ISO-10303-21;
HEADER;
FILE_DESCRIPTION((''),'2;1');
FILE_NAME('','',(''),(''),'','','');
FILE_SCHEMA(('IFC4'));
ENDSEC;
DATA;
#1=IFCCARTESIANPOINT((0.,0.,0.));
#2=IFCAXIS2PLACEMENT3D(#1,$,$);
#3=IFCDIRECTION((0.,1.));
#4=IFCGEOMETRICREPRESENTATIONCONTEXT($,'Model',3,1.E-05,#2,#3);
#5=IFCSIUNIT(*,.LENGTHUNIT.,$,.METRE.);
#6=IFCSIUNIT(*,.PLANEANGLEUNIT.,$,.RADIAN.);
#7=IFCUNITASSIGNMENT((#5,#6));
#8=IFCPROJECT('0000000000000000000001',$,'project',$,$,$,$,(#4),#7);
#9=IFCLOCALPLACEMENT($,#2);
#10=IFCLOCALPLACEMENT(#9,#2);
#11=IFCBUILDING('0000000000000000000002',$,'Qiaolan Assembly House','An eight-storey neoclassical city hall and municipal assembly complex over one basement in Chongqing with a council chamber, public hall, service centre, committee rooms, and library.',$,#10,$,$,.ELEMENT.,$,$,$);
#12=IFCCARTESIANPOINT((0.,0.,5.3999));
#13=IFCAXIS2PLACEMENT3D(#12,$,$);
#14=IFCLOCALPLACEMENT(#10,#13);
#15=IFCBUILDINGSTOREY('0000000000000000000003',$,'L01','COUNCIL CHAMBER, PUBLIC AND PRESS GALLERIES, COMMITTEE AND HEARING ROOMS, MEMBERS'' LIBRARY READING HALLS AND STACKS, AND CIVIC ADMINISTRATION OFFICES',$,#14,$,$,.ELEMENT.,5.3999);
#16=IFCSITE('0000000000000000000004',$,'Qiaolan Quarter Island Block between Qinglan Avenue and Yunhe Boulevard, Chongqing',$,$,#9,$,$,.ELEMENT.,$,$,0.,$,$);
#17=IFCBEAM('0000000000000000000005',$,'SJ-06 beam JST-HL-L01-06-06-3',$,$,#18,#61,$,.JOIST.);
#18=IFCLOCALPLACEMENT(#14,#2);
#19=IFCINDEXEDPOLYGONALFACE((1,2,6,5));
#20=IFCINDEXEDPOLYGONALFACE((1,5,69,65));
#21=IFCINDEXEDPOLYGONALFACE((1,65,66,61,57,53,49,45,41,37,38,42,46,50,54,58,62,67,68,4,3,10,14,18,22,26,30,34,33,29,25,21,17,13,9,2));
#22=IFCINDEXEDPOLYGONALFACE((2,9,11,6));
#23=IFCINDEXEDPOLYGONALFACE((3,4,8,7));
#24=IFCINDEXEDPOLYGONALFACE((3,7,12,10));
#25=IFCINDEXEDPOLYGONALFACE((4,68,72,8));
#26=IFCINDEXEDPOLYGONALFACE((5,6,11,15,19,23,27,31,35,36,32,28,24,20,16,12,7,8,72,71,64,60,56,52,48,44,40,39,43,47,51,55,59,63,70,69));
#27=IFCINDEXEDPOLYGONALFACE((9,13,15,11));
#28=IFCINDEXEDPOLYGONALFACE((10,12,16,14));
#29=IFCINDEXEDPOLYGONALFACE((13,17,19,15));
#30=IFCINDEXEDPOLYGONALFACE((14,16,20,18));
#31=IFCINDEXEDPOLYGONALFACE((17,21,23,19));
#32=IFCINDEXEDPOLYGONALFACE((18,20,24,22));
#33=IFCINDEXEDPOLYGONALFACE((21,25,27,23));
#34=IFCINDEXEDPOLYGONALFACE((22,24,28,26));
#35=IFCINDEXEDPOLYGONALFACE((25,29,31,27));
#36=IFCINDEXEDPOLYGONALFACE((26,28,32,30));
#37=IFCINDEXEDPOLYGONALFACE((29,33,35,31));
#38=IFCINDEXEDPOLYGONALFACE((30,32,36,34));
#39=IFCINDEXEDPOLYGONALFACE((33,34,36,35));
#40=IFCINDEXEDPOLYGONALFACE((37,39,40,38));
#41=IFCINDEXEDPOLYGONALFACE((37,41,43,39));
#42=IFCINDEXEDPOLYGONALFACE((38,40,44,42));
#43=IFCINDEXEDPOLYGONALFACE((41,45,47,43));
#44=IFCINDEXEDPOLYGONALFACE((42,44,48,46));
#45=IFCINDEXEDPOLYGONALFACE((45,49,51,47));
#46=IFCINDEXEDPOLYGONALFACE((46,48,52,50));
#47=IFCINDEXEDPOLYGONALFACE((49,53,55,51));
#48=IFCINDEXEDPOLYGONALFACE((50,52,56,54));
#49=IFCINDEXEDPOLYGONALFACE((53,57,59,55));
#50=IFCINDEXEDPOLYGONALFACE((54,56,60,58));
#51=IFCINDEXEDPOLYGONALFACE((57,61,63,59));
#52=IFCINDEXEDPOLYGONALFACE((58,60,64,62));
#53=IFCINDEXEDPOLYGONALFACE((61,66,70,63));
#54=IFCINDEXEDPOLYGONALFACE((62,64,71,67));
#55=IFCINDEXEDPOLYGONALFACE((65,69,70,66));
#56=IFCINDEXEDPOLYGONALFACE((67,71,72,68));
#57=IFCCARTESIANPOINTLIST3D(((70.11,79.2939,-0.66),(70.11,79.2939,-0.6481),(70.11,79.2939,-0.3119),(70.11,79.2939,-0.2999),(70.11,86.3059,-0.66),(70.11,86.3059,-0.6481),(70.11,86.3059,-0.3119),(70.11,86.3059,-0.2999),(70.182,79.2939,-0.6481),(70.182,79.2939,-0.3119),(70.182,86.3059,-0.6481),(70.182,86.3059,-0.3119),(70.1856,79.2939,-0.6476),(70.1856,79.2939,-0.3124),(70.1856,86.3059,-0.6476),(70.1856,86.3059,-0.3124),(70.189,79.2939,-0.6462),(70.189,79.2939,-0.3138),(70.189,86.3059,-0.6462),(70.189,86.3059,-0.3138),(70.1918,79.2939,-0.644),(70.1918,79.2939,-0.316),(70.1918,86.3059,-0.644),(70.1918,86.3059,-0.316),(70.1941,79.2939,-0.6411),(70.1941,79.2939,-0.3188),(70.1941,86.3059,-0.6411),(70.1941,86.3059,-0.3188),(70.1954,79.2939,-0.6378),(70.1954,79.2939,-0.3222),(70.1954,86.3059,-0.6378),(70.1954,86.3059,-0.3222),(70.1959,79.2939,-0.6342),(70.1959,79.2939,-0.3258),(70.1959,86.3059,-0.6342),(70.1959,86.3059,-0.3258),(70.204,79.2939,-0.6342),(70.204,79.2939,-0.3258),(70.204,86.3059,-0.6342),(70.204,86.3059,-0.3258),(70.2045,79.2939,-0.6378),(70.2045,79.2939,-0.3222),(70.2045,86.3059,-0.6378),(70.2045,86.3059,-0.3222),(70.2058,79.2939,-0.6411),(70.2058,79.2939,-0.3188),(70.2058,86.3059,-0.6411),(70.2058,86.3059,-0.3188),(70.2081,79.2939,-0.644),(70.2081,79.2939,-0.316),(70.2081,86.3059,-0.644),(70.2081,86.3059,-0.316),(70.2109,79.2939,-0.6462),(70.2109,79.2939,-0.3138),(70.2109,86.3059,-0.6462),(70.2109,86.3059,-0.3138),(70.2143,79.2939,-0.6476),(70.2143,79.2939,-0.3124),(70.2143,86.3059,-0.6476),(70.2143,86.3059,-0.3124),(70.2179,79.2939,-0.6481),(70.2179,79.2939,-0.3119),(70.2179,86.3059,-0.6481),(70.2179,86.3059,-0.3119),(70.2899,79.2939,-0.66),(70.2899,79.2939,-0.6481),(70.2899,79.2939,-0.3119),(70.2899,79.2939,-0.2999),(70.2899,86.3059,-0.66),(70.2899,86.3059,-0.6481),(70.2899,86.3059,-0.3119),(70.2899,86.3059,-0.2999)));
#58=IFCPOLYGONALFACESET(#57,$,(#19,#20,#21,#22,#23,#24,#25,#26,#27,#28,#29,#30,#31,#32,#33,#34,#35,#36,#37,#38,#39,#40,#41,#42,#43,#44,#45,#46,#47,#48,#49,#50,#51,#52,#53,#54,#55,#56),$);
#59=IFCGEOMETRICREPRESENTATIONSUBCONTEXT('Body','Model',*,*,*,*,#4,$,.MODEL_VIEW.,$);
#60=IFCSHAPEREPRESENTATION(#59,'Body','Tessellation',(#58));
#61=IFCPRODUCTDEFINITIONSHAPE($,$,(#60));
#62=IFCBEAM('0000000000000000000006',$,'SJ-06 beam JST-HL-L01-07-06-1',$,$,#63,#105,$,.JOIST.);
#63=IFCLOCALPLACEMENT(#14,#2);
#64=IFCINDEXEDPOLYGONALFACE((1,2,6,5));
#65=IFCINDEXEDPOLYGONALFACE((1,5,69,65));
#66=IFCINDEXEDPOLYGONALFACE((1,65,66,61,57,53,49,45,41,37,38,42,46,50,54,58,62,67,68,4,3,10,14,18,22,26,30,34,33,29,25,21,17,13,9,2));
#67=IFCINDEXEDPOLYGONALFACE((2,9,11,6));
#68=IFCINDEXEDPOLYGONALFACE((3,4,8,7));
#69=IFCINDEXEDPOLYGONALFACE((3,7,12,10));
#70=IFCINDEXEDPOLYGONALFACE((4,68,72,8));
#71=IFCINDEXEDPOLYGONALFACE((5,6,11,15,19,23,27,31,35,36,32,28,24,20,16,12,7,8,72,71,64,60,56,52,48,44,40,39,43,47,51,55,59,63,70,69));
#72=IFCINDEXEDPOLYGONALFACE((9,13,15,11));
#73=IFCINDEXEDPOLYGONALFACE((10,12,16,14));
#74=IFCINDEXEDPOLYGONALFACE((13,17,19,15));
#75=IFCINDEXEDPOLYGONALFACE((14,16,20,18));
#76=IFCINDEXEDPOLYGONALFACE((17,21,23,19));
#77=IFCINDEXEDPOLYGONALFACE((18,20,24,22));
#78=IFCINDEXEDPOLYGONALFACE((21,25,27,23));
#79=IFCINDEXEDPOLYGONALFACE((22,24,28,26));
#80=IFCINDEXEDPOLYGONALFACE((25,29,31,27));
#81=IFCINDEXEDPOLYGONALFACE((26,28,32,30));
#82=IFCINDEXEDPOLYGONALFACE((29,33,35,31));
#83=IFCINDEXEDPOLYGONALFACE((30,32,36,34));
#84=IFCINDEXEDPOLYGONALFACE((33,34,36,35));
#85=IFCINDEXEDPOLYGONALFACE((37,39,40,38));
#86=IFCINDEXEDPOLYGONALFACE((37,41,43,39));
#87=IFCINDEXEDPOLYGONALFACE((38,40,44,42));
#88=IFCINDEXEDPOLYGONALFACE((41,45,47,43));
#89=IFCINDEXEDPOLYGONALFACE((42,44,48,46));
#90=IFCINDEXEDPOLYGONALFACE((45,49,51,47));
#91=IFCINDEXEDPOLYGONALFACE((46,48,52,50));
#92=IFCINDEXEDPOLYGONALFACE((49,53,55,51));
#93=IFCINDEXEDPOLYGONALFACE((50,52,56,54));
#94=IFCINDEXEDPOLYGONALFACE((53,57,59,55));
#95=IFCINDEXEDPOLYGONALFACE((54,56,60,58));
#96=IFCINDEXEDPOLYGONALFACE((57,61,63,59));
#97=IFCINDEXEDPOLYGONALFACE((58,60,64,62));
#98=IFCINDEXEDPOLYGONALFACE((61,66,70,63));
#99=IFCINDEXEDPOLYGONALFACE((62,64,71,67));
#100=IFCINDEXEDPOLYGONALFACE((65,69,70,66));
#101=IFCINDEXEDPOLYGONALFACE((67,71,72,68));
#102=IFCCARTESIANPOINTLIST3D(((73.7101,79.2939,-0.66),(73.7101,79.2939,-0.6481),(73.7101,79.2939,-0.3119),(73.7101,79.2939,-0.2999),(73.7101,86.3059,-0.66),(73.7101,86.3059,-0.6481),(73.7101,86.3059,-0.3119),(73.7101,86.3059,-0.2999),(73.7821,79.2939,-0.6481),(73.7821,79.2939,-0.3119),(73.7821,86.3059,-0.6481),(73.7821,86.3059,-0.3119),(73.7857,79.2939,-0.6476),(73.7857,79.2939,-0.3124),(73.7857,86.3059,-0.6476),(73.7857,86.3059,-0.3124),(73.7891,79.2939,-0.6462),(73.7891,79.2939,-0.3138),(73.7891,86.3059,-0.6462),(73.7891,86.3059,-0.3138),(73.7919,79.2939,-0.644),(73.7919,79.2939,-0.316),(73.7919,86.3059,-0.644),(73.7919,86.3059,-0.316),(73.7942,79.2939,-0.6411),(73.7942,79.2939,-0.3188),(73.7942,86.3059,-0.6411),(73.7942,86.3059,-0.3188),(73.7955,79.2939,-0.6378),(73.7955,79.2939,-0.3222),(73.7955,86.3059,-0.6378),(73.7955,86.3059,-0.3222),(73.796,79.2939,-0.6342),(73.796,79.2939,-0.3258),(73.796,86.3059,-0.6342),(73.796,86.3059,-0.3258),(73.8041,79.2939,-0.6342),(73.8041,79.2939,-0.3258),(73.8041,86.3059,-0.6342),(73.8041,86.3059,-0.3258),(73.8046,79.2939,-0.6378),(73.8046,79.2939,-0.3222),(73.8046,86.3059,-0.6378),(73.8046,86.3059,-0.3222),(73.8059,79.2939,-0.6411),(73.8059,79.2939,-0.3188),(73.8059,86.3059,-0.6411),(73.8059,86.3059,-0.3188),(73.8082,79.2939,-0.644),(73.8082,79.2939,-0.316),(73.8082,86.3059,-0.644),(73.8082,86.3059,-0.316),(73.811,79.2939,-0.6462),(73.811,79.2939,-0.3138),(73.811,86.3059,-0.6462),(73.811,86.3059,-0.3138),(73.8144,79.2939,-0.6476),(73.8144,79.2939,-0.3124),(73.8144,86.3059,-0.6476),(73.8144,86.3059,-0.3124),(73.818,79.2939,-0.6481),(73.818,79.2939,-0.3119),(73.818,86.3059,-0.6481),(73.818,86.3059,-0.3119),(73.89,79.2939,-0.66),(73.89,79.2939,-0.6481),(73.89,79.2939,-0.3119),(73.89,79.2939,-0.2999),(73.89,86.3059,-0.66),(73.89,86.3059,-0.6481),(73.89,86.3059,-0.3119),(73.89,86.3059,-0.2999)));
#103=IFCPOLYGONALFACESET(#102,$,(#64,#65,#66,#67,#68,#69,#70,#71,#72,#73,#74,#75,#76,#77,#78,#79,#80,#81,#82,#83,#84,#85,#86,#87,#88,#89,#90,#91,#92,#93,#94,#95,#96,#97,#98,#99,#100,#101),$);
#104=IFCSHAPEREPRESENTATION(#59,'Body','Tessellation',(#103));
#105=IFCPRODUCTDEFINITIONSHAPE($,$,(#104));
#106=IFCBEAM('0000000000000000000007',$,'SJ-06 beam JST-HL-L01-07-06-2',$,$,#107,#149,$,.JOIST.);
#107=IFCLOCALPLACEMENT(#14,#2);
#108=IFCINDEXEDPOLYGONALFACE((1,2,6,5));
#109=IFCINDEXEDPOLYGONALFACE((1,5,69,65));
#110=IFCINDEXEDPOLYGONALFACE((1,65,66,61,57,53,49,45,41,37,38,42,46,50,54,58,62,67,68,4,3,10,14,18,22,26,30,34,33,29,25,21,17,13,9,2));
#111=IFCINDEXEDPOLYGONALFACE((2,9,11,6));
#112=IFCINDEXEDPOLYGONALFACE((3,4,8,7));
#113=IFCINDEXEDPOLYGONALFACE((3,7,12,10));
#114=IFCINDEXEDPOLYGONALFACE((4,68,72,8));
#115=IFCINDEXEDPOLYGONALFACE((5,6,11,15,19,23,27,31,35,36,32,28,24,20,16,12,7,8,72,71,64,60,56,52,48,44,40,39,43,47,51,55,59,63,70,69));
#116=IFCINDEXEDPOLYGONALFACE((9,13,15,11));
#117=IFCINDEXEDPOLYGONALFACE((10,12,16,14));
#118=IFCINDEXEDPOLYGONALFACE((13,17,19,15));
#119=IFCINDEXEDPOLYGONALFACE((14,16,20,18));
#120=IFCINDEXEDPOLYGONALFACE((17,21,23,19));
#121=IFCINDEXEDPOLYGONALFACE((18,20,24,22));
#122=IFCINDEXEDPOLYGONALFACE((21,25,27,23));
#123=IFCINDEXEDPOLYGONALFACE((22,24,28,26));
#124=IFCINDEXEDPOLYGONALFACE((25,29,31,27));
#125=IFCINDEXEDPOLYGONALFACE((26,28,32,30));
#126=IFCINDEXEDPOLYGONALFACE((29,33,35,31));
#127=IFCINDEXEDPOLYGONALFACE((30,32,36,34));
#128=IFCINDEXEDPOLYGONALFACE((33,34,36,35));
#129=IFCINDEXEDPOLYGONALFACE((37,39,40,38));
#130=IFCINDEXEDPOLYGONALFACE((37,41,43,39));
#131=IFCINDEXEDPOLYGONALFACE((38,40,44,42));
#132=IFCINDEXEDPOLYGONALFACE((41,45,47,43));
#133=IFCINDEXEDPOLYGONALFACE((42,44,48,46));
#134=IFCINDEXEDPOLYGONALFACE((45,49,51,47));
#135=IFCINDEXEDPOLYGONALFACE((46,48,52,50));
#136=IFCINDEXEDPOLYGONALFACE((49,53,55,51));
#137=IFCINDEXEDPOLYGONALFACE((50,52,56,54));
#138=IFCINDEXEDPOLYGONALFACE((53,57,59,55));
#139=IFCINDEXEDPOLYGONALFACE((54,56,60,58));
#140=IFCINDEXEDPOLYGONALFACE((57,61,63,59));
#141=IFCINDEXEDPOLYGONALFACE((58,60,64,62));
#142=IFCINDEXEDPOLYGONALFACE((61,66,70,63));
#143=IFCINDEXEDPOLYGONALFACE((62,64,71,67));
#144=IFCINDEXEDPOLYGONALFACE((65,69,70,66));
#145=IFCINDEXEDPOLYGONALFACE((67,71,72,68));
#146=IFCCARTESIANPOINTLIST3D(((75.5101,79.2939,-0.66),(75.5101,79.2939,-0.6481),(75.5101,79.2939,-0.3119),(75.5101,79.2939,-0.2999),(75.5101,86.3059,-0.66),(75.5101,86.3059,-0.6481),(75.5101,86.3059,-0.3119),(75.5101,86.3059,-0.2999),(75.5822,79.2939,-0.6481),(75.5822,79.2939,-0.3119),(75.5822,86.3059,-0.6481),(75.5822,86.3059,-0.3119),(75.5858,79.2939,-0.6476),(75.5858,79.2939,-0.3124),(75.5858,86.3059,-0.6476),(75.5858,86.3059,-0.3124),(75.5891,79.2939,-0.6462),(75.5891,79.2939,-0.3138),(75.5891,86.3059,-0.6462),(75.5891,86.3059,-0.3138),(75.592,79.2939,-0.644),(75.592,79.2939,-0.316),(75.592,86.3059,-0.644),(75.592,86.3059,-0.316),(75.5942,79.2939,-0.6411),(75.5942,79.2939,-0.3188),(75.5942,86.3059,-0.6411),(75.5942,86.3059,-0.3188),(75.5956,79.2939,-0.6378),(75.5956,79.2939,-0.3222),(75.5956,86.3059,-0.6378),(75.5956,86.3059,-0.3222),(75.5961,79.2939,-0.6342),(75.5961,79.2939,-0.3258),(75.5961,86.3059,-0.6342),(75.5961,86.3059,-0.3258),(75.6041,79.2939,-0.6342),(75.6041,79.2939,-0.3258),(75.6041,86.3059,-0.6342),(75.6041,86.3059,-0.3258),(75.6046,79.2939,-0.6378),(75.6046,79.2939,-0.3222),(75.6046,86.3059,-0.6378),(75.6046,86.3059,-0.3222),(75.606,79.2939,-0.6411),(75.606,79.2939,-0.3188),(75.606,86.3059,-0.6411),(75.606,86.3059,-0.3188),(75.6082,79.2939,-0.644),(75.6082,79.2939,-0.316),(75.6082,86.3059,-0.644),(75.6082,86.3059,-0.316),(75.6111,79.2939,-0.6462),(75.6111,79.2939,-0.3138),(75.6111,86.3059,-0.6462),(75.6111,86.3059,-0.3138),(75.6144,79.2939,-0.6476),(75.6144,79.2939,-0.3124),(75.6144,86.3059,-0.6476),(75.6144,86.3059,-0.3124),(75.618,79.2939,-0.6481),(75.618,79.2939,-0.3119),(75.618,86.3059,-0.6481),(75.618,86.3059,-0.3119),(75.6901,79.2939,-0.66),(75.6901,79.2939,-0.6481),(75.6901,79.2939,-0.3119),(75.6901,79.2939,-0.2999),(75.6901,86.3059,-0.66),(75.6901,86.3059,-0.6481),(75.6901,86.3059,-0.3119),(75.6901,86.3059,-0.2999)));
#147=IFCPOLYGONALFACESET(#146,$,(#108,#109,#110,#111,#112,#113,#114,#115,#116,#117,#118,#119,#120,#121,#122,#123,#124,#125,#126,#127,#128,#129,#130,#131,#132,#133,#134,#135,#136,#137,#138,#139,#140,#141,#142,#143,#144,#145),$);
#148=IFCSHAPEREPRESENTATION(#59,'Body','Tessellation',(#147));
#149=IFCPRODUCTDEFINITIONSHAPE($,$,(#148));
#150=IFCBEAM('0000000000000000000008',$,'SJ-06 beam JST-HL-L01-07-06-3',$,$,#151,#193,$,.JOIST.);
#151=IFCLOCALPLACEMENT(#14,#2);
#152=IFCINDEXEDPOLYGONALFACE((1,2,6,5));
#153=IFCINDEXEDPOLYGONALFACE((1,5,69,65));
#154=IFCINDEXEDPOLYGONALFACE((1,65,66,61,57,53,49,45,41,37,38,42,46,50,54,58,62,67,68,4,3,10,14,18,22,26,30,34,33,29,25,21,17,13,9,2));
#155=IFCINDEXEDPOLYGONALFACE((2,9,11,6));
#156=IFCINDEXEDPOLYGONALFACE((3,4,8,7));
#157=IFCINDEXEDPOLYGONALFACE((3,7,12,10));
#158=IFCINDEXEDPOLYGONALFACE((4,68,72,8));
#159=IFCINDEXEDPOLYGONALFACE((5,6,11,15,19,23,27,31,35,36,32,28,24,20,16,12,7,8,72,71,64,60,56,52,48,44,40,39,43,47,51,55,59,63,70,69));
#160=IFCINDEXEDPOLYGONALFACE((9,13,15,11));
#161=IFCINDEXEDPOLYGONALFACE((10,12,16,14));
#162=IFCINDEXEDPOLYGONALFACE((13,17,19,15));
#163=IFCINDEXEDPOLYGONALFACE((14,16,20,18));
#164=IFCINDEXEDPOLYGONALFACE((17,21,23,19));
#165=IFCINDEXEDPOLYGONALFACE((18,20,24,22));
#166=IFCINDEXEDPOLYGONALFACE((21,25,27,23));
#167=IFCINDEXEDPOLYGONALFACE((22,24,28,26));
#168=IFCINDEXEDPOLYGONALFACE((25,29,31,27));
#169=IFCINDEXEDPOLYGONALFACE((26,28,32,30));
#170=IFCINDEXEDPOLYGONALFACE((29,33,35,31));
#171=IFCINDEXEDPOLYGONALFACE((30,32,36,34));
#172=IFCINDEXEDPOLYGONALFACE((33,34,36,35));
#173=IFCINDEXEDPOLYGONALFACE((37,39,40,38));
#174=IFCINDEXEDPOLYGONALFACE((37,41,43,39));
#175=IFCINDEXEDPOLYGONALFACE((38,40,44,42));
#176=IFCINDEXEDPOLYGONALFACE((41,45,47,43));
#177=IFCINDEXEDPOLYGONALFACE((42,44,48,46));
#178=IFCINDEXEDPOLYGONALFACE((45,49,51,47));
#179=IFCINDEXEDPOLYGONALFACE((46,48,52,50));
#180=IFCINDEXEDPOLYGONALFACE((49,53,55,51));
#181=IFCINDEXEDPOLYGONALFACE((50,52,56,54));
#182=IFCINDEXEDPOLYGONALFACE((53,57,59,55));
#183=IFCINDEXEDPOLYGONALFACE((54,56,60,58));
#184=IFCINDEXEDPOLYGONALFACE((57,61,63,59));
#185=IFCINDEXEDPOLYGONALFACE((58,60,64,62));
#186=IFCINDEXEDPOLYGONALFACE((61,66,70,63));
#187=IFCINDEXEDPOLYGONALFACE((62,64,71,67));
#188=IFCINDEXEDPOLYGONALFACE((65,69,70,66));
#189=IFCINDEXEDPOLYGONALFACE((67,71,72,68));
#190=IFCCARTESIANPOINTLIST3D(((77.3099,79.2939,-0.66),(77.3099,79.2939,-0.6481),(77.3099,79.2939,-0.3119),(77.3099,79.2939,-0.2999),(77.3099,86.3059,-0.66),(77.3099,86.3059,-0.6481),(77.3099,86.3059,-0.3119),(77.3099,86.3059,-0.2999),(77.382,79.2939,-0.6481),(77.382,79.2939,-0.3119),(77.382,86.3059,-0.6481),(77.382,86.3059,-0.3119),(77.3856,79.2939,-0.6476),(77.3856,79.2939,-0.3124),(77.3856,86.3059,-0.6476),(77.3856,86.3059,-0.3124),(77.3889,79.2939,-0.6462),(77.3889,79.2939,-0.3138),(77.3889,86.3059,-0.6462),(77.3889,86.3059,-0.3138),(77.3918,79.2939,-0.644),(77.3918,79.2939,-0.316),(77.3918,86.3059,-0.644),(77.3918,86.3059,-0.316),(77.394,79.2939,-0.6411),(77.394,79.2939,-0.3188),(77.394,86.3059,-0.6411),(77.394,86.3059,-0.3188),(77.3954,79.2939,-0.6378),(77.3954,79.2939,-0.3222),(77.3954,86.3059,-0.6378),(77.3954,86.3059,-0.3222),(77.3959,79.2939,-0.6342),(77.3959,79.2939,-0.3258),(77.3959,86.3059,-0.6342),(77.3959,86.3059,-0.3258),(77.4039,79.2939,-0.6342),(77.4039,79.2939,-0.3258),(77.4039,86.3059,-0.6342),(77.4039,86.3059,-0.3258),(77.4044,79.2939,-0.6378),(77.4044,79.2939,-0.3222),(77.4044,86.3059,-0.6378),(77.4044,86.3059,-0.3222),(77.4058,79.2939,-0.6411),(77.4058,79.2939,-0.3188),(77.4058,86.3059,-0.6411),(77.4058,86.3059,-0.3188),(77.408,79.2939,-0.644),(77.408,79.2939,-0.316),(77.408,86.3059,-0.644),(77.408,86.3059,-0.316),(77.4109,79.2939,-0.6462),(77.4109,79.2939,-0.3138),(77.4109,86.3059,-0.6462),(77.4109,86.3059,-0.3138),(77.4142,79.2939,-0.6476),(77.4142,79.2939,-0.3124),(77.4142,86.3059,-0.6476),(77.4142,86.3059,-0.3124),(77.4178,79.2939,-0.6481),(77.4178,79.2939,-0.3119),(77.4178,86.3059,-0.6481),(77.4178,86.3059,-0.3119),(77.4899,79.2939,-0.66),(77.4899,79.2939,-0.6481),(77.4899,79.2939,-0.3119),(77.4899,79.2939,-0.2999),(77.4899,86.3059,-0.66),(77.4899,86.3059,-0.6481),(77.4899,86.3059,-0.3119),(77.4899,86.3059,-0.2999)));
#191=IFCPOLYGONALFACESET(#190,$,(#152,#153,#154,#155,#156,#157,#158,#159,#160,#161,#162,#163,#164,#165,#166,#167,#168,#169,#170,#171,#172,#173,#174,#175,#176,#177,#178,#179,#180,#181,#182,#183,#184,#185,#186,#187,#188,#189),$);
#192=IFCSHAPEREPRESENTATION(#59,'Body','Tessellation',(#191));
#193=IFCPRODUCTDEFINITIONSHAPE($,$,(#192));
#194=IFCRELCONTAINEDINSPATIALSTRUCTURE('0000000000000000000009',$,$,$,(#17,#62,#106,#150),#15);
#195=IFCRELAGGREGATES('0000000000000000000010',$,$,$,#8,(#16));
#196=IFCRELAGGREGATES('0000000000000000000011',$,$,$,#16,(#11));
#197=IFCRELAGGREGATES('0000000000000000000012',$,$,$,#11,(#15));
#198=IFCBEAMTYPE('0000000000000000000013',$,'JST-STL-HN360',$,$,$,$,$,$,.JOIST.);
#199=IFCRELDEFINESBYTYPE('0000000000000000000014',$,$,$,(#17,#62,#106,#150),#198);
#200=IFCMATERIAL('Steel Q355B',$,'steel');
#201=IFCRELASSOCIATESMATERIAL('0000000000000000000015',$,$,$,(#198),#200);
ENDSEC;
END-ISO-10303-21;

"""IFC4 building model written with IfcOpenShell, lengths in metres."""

from ifc_helpers import new_model, si_unit, direction, frame, origin, origin_2d, place, context, subcontext, project, spatial, i_section, extrude, material, material_profile, profile_set, type_object, element, save


model = new_model("IFC4")

# Units and contexts
model_context = context("Model", 3, precision=1e-05, world=origin(), true_north=direction((0.0, 1.0)))
body_context = subcontext(model_context, "Body", "Model", "MODEL_VIEW")
ifc_project = project(units=[si_unit("LENGTHUNIT", "METRE"), si_unit("PLANEANGLEUNIT", "RADIAN")], contexts=[model_context])

# Site, building, storey
site_placement = place(None, origin())
site = spatial("IfcSite", under=ifc_project, at=site_placement, Name="Qiaolan Quarter Island Block between Qinglan Avenue and Yunhe Boulevard, Chongqing", CompositionType="ELEMENT", RefElevation=0.0)
building_placement = place(site_placement, origin())
building = spatial("IfcBuilding", under=site, at=building_placement, Name="Qiaolan Assembly House", Description="An eight-storey neoclassical city hall and municipal assembly complex over one basement in Chongqing with a council chamber, public hall, service centre, committee rooms, and library.", CompositionType="ELEMENT")
storey_placement = place(building_placement, frame((0.0, 0.0, 5.3999)))
storey = spatial("IfcBuildingStorey", under=building, at=storey_placement, Name="L01", Description="COUNCIL CHAMBER, PUBLIC AND PRESS GALLERIES, COMMITTEE AND HEARING ROOMS, MEMBERS' LIBRARY READING HALLS AND STACKS, AND CIVIC ADMINISTRATION OFFICES", CompositionType="ELEMENT", Elevation=5.3999)

# Shared definitions
ifc_material_1 = material(Name="Steel Q355B", Category="steel")

# Beams
ifc_material_profile_1 = material_profile(ifc_material_1, i_section(OverallWidth=0.1799, OverallDepth=0.3601, WebThickness=0.0081, FlangeThickness=0.012, FilletRadius=0.0139, at=origin_2d()), Name="HN 360x180x8x12")
ifc_profile_set_1 = profile_set([ifc_material_profile_1], Name="Steel Q355B")
beam_type_1 = type_object("IfcBeamType", Name="JST-STL-HN360", PredefinedType="JOIST", material=ifc_profile_set_1)
for number, where, z_axis, x_axis, name in (
    (1, (70.2, 79.2939, -0.48), (0.0, 1.0, 0.0), (-1.0, 0.0, 0.0), "SJ-06 beam JST-HL-L01-06-06-3"),
    (2, (73.8, 79.2939, -0.48), (0.0, 1.0, 0.0), (-1.0, 0.0, 0.0), "SJ-06 beam JST-HL-L01-07-06-1"),
    (3, (75.6001, 79.2939, -0.48), (0.0, 1.0, 0.0), (-1.0, 0.0, 0.0), "SJ-06 beam JST-HL-L01-07-06-2"),
    (4, (77.3999, 79.2939, -0.48), (0.0, 1.0, 0.0), (-1.0, 0.0, 0.0), "SJ-06 beam JST-HL-L01-07-06-3"),
):
    element("IfcBeam", number, at=place(storey_placement, frame(where, z_axis=z_axis, x_axis=x_axis)), inside=storey, type_object=beam_type_1, Name=name, PredefinedType="JOIST", context=body_context, shape_type="SweptSolid", body=[
        extrude(i_section(OverallWidth=0.1799, OverallDepth=0.3601, WebThickness=0.0081, FlangeThickness=0.012, FilletRadius=0.0139, at=origin_2d()), origin(), (0.0, 0.0, 1.0), 7.012),
    ])

save(model, "model.ifc")
